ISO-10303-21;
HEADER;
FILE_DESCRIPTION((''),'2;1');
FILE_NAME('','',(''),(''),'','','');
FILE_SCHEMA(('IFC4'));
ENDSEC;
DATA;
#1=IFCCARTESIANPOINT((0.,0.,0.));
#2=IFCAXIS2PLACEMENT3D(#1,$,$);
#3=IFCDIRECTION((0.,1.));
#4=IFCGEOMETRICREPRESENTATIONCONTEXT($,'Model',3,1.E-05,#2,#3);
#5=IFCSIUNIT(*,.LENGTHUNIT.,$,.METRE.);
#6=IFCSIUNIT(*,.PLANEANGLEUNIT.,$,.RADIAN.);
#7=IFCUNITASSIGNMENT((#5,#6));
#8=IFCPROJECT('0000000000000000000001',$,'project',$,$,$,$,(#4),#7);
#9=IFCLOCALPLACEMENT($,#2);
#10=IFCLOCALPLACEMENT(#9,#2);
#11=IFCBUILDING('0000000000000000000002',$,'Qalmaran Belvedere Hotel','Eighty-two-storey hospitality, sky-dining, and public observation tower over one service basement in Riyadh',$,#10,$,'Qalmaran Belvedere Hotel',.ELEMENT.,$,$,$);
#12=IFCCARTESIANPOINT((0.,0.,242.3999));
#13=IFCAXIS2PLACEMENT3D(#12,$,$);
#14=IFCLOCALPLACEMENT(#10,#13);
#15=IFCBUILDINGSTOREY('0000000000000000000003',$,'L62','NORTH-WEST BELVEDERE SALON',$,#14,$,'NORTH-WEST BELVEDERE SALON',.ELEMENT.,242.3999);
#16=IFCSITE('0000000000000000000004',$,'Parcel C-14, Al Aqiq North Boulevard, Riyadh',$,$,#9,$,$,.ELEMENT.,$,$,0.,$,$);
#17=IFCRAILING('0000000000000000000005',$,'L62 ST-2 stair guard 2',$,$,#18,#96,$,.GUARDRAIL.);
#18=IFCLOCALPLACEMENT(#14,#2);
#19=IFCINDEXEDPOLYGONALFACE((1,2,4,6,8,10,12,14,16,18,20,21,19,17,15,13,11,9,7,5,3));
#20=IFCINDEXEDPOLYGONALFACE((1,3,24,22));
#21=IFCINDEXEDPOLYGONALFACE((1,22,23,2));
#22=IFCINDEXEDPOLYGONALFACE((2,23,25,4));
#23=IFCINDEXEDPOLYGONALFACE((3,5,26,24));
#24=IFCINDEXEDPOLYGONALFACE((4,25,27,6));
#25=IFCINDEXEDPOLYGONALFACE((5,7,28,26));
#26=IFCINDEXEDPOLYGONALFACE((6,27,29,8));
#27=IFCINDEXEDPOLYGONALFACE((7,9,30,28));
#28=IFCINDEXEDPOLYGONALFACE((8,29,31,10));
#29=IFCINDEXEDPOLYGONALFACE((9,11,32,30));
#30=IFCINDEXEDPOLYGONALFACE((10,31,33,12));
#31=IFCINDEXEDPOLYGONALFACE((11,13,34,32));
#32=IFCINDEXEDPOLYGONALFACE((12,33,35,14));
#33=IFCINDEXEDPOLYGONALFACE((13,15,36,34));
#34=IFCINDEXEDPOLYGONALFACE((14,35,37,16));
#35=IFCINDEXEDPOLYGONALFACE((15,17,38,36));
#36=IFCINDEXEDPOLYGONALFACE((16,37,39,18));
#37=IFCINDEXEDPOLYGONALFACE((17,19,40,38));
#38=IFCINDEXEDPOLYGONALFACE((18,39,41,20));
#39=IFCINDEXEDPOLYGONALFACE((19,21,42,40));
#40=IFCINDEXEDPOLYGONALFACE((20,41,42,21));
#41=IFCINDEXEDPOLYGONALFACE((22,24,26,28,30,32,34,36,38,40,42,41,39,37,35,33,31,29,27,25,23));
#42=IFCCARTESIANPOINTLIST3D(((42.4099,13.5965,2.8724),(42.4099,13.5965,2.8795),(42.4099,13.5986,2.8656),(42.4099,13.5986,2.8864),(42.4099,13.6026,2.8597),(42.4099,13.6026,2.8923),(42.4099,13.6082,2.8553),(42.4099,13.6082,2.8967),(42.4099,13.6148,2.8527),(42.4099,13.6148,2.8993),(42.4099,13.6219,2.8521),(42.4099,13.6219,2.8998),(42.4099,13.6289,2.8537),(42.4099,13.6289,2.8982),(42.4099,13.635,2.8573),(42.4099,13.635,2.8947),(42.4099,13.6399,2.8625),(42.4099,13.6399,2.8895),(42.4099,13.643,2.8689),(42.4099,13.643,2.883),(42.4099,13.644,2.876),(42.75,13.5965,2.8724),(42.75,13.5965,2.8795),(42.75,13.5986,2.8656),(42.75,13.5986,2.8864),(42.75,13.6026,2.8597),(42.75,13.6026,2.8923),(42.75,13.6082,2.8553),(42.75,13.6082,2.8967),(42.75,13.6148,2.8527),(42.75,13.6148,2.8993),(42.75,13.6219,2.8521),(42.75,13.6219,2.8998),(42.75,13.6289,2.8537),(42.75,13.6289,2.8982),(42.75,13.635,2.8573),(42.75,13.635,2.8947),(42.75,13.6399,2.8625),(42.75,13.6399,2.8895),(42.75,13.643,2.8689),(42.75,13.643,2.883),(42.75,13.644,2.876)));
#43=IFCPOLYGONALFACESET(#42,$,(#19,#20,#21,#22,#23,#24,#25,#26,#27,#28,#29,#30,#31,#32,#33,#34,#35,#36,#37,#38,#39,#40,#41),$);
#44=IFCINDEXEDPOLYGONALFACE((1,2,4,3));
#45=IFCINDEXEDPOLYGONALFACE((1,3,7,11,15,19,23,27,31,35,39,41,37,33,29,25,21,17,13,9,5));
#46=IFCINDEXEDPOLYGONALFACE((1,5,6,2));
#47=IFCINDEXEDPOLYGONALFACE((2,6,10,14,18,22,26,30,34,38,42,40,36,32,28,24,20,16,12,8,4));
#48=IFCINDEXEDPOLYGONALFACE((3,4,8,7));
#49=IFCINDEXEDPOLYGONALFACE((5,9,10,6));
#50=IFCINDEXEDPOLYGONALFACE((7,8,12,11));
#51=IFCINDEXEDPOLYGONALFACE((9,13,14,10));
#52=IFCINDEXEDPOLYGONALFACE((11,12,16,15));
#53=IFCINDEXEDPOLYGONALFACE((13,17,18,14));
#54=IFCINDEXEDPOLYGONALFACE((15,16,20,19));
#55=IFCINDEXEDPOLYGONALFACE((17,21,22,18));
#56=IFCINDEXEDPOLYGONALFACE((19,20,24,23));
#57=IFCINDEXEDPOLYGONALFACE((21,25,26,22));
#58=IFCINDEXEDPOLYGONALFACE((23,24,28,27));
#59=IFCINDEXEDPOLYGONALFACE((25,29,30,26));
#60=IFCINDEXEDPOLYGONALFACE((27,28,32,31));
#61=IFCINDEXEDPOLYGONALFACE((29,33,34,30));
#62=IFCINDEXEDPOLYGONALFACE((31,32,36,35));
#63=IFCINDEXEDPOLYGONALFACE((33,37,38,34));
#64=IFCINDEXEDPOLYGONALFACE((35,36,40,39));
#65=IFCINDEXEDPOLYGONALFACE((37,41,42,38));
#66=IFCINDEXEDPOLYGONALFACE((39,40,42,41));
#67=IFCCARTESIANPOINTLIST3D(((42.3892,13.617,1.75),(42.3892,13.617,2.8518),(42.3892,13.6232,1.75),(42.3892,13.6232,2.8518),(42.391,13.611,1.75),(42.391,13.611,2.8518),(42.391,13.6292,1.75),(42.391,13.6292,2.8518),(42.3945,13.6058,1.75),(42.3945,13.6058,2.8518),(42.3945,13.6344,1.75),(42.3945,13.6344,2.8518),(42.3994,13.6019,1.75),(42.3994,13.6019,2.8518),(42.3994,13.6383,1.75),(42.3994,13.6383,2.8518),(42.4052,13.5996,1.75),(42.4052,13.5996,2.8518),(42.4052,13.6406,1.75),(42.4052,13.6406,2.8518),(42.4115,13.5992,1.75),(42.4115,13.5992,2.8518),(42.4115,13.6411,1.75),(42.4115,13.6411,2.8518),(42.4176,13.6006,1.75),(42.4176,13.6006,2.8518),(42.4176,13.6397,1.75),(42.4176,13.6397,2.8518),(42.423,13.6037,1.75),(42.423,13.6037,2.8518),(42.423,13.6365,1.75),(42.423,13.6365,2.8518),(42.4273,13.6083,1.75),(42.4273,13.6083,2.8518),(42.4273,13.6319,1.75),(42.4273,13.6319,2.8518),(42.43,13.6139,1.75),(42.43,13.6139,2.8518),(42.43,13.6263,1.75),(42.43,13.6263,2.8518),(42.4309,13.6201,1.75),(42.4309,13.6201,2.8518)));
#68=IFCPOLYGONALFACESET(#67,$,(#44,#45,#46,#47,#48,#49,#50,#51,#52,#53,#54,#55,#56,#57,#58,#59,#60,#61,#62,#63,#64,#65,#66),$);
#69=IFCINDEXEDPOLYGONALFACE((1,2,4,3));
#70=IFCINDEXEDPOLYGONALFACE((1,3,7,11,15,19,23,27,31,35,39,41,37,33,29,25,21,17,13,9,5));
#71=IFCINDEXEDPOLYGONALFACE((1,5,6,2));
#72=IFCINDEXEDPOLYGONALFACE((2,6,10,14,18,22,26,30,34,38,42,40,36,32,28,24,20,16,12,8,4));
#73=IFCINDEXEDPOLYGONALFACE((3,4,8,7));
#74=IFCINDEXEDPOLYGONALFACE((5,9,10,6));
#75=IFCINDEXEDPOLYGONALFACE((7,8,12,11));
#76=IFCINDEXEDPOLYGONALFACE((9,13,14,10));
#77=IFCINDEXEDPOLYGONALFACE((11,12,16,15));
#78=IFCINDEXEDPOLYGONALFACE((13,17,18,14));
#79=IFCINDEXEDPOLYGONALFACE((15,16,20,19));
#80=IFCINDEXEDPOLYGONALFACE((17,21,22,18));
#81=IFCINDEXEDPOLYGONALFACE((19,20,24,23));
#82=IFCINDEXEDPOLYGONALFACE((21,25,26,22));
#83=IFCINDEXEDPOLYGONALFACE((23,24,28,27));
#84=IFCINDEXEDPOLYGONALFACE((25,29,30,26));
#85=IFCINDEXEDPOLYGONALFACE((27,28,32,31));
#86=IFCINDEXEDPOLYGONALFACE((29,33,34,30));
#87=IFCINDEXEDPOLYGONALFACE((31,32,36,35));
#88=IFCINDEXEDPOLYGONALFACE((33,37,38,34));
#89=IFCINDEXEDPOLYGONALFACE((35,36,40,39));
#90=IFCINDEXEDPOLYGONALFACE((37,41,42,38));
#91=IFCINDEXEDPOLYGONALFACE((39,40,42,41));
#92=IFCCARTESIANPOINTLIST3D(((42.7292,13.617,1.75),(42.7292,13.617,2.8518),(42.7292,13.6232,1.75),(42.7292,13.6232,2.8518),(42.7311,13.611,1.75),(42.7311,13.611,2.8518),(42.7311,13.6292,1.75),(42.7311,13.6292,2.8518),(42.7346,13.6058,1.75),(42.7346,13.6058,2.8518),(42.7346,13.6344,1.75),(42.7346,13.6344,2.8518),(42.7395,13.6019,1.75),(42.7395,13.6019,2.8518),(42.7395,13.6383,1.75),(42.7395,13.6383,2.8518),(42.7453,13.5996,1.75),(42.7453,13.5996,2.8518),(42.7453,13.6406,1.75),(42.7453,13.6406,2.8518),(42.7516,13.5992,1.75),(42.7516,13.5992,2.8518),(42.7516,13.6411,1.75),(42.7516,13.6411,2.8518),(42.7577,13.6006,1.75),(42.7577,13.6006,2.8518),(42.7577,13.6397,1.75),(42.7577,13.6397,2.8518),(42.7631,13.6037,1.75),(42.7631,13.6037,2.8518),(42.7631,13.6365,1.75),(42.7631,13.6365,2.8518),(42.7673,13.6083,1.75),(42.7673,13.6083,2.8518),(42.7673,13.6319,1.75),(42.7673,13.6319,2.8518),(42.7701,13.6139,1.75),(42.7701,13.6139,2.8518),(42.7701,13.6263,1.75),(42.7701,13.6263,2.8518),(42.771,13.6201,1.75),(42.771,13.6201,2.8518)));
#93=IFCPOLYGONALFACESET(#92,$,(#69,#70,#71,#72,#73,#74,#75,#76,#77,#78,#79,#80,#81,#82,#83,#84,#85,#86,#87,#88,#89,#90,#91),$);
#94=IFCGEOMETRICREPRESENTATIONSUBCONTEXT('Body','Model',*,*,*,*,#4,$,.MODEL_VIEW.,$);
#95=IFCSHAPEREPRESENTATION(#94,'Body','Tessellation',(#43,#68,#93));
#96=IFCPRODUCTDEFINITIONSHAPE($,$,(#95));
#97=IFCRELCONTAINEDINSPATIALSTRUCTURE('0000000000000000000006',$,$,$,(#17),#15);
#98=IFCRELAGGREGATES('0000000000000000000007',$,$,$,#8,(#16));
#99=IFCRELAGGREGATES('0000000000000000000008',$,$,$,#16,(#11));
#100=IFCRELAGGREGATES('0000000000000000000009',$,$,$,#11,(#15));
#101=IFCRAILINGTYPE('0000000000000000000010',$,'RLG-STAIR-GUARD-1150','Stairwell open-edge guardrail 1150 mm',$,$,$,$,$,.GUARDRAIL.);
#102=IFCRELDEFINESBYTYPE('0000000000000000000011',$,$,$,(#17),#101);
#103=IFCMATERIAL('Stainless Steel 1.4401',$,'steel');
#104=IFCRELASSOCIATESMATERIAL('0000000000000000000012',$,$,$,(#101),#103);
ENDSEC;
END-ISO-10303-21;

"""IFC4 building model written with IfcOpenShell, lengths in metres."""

from ifc_helpers import new_model, si_unit, direction, frame, origin, origin_2d, place, context, subcontext, project, spatial, circle, extrude, material, type_object, element, save


model = new_model("IFC4")

# Units and contexts
model_context = context("Model", 3, precision=1e-05, world=origin(), true_north=direction((0.0, 1.0)))
body_context = subcontext(model_context, "Body", "Model", "MODEL_VIEW")
ifc_project = project(units=[si_unit("LENGTHUNIT", "METRE"), si_unit("PLANEANGLEUNIT", "RADIAN")], contexts=[model_context])

# Site, building, storey
site_placement = place(None, origin())
site = spatial("IfcSite", under=ifc_project, at=site_placement, Name="Parcel C-14, Al Aqiq North Boulevard, Riyadh", CompositionType="ELEMENT", RefElevation=0.0)
building_placement = place(site_placement, origin())
building = spatial("IfcBuilding", under=site, at=building_placement, Name="Qalmaran Belvedere Hotel", Description="Eighty-two-storey hospitality, sky-dining, and public observation tower over one service basement in Riyadh", LongName="Qalmaran Belvedere Hotel", CompositionType="ELEMENT")
storey_placement = place(building_placement, frame((0.0, 0.0, 242.3999)))
storey = spatial("IfcBuildingStorey", under=building, at=storey_placement, Name="L62", Description="NORTH-WEST BELVEDERE SALON", LongName="NORTH-WEST BELVEDERE SALON", CompositionType="ELEMENT", Elevation=242.3999)

# Railing
ifc_material_1 = material(Name="Stainless Steel 1.4401", Category="steel")
railing_type_1 = type_object("IfcRailingType", Name="RLG-STAIR-GUARD-1150", Description="Stairwell open-edge guardrail 1150 mm", PredefinedType="GUARDRAIL", material=ifc_material_1)
railing_1_placement = place(storey_placement, frame((42.4099, 13.6201, 1.75)))
element("IfcRailing", 1, at=railing_1_placement, inside=storey, type_object=railing_type_1, Name="L62 ST-2 stair guard 2", PredefinedType="GUARDRAIL", context=body_context, shape_type="SweptSolid", body=[
    extrude(circle(Radius=0.0239, at=origin_2d()), frame((0.0, 0.0, 1.126), z_axis=(1.0, 0.0, 0.0), x_axis=(0.0, 1.0, 0.0)), (0.0, 0.0, 1.0), 0.3401),
    extrude(circle(Radius=0.021, at=origin_2d()), origin(), (0.0, 0.0, 1.0), 1.1018),
    extrude(circle(Radius=0.021, at=origin_2d()), frame((0.3401, 0.0, 0.0)), (0.0, 0.0, 1.0), 1.1018),
])

save(model, "model.ifc")
